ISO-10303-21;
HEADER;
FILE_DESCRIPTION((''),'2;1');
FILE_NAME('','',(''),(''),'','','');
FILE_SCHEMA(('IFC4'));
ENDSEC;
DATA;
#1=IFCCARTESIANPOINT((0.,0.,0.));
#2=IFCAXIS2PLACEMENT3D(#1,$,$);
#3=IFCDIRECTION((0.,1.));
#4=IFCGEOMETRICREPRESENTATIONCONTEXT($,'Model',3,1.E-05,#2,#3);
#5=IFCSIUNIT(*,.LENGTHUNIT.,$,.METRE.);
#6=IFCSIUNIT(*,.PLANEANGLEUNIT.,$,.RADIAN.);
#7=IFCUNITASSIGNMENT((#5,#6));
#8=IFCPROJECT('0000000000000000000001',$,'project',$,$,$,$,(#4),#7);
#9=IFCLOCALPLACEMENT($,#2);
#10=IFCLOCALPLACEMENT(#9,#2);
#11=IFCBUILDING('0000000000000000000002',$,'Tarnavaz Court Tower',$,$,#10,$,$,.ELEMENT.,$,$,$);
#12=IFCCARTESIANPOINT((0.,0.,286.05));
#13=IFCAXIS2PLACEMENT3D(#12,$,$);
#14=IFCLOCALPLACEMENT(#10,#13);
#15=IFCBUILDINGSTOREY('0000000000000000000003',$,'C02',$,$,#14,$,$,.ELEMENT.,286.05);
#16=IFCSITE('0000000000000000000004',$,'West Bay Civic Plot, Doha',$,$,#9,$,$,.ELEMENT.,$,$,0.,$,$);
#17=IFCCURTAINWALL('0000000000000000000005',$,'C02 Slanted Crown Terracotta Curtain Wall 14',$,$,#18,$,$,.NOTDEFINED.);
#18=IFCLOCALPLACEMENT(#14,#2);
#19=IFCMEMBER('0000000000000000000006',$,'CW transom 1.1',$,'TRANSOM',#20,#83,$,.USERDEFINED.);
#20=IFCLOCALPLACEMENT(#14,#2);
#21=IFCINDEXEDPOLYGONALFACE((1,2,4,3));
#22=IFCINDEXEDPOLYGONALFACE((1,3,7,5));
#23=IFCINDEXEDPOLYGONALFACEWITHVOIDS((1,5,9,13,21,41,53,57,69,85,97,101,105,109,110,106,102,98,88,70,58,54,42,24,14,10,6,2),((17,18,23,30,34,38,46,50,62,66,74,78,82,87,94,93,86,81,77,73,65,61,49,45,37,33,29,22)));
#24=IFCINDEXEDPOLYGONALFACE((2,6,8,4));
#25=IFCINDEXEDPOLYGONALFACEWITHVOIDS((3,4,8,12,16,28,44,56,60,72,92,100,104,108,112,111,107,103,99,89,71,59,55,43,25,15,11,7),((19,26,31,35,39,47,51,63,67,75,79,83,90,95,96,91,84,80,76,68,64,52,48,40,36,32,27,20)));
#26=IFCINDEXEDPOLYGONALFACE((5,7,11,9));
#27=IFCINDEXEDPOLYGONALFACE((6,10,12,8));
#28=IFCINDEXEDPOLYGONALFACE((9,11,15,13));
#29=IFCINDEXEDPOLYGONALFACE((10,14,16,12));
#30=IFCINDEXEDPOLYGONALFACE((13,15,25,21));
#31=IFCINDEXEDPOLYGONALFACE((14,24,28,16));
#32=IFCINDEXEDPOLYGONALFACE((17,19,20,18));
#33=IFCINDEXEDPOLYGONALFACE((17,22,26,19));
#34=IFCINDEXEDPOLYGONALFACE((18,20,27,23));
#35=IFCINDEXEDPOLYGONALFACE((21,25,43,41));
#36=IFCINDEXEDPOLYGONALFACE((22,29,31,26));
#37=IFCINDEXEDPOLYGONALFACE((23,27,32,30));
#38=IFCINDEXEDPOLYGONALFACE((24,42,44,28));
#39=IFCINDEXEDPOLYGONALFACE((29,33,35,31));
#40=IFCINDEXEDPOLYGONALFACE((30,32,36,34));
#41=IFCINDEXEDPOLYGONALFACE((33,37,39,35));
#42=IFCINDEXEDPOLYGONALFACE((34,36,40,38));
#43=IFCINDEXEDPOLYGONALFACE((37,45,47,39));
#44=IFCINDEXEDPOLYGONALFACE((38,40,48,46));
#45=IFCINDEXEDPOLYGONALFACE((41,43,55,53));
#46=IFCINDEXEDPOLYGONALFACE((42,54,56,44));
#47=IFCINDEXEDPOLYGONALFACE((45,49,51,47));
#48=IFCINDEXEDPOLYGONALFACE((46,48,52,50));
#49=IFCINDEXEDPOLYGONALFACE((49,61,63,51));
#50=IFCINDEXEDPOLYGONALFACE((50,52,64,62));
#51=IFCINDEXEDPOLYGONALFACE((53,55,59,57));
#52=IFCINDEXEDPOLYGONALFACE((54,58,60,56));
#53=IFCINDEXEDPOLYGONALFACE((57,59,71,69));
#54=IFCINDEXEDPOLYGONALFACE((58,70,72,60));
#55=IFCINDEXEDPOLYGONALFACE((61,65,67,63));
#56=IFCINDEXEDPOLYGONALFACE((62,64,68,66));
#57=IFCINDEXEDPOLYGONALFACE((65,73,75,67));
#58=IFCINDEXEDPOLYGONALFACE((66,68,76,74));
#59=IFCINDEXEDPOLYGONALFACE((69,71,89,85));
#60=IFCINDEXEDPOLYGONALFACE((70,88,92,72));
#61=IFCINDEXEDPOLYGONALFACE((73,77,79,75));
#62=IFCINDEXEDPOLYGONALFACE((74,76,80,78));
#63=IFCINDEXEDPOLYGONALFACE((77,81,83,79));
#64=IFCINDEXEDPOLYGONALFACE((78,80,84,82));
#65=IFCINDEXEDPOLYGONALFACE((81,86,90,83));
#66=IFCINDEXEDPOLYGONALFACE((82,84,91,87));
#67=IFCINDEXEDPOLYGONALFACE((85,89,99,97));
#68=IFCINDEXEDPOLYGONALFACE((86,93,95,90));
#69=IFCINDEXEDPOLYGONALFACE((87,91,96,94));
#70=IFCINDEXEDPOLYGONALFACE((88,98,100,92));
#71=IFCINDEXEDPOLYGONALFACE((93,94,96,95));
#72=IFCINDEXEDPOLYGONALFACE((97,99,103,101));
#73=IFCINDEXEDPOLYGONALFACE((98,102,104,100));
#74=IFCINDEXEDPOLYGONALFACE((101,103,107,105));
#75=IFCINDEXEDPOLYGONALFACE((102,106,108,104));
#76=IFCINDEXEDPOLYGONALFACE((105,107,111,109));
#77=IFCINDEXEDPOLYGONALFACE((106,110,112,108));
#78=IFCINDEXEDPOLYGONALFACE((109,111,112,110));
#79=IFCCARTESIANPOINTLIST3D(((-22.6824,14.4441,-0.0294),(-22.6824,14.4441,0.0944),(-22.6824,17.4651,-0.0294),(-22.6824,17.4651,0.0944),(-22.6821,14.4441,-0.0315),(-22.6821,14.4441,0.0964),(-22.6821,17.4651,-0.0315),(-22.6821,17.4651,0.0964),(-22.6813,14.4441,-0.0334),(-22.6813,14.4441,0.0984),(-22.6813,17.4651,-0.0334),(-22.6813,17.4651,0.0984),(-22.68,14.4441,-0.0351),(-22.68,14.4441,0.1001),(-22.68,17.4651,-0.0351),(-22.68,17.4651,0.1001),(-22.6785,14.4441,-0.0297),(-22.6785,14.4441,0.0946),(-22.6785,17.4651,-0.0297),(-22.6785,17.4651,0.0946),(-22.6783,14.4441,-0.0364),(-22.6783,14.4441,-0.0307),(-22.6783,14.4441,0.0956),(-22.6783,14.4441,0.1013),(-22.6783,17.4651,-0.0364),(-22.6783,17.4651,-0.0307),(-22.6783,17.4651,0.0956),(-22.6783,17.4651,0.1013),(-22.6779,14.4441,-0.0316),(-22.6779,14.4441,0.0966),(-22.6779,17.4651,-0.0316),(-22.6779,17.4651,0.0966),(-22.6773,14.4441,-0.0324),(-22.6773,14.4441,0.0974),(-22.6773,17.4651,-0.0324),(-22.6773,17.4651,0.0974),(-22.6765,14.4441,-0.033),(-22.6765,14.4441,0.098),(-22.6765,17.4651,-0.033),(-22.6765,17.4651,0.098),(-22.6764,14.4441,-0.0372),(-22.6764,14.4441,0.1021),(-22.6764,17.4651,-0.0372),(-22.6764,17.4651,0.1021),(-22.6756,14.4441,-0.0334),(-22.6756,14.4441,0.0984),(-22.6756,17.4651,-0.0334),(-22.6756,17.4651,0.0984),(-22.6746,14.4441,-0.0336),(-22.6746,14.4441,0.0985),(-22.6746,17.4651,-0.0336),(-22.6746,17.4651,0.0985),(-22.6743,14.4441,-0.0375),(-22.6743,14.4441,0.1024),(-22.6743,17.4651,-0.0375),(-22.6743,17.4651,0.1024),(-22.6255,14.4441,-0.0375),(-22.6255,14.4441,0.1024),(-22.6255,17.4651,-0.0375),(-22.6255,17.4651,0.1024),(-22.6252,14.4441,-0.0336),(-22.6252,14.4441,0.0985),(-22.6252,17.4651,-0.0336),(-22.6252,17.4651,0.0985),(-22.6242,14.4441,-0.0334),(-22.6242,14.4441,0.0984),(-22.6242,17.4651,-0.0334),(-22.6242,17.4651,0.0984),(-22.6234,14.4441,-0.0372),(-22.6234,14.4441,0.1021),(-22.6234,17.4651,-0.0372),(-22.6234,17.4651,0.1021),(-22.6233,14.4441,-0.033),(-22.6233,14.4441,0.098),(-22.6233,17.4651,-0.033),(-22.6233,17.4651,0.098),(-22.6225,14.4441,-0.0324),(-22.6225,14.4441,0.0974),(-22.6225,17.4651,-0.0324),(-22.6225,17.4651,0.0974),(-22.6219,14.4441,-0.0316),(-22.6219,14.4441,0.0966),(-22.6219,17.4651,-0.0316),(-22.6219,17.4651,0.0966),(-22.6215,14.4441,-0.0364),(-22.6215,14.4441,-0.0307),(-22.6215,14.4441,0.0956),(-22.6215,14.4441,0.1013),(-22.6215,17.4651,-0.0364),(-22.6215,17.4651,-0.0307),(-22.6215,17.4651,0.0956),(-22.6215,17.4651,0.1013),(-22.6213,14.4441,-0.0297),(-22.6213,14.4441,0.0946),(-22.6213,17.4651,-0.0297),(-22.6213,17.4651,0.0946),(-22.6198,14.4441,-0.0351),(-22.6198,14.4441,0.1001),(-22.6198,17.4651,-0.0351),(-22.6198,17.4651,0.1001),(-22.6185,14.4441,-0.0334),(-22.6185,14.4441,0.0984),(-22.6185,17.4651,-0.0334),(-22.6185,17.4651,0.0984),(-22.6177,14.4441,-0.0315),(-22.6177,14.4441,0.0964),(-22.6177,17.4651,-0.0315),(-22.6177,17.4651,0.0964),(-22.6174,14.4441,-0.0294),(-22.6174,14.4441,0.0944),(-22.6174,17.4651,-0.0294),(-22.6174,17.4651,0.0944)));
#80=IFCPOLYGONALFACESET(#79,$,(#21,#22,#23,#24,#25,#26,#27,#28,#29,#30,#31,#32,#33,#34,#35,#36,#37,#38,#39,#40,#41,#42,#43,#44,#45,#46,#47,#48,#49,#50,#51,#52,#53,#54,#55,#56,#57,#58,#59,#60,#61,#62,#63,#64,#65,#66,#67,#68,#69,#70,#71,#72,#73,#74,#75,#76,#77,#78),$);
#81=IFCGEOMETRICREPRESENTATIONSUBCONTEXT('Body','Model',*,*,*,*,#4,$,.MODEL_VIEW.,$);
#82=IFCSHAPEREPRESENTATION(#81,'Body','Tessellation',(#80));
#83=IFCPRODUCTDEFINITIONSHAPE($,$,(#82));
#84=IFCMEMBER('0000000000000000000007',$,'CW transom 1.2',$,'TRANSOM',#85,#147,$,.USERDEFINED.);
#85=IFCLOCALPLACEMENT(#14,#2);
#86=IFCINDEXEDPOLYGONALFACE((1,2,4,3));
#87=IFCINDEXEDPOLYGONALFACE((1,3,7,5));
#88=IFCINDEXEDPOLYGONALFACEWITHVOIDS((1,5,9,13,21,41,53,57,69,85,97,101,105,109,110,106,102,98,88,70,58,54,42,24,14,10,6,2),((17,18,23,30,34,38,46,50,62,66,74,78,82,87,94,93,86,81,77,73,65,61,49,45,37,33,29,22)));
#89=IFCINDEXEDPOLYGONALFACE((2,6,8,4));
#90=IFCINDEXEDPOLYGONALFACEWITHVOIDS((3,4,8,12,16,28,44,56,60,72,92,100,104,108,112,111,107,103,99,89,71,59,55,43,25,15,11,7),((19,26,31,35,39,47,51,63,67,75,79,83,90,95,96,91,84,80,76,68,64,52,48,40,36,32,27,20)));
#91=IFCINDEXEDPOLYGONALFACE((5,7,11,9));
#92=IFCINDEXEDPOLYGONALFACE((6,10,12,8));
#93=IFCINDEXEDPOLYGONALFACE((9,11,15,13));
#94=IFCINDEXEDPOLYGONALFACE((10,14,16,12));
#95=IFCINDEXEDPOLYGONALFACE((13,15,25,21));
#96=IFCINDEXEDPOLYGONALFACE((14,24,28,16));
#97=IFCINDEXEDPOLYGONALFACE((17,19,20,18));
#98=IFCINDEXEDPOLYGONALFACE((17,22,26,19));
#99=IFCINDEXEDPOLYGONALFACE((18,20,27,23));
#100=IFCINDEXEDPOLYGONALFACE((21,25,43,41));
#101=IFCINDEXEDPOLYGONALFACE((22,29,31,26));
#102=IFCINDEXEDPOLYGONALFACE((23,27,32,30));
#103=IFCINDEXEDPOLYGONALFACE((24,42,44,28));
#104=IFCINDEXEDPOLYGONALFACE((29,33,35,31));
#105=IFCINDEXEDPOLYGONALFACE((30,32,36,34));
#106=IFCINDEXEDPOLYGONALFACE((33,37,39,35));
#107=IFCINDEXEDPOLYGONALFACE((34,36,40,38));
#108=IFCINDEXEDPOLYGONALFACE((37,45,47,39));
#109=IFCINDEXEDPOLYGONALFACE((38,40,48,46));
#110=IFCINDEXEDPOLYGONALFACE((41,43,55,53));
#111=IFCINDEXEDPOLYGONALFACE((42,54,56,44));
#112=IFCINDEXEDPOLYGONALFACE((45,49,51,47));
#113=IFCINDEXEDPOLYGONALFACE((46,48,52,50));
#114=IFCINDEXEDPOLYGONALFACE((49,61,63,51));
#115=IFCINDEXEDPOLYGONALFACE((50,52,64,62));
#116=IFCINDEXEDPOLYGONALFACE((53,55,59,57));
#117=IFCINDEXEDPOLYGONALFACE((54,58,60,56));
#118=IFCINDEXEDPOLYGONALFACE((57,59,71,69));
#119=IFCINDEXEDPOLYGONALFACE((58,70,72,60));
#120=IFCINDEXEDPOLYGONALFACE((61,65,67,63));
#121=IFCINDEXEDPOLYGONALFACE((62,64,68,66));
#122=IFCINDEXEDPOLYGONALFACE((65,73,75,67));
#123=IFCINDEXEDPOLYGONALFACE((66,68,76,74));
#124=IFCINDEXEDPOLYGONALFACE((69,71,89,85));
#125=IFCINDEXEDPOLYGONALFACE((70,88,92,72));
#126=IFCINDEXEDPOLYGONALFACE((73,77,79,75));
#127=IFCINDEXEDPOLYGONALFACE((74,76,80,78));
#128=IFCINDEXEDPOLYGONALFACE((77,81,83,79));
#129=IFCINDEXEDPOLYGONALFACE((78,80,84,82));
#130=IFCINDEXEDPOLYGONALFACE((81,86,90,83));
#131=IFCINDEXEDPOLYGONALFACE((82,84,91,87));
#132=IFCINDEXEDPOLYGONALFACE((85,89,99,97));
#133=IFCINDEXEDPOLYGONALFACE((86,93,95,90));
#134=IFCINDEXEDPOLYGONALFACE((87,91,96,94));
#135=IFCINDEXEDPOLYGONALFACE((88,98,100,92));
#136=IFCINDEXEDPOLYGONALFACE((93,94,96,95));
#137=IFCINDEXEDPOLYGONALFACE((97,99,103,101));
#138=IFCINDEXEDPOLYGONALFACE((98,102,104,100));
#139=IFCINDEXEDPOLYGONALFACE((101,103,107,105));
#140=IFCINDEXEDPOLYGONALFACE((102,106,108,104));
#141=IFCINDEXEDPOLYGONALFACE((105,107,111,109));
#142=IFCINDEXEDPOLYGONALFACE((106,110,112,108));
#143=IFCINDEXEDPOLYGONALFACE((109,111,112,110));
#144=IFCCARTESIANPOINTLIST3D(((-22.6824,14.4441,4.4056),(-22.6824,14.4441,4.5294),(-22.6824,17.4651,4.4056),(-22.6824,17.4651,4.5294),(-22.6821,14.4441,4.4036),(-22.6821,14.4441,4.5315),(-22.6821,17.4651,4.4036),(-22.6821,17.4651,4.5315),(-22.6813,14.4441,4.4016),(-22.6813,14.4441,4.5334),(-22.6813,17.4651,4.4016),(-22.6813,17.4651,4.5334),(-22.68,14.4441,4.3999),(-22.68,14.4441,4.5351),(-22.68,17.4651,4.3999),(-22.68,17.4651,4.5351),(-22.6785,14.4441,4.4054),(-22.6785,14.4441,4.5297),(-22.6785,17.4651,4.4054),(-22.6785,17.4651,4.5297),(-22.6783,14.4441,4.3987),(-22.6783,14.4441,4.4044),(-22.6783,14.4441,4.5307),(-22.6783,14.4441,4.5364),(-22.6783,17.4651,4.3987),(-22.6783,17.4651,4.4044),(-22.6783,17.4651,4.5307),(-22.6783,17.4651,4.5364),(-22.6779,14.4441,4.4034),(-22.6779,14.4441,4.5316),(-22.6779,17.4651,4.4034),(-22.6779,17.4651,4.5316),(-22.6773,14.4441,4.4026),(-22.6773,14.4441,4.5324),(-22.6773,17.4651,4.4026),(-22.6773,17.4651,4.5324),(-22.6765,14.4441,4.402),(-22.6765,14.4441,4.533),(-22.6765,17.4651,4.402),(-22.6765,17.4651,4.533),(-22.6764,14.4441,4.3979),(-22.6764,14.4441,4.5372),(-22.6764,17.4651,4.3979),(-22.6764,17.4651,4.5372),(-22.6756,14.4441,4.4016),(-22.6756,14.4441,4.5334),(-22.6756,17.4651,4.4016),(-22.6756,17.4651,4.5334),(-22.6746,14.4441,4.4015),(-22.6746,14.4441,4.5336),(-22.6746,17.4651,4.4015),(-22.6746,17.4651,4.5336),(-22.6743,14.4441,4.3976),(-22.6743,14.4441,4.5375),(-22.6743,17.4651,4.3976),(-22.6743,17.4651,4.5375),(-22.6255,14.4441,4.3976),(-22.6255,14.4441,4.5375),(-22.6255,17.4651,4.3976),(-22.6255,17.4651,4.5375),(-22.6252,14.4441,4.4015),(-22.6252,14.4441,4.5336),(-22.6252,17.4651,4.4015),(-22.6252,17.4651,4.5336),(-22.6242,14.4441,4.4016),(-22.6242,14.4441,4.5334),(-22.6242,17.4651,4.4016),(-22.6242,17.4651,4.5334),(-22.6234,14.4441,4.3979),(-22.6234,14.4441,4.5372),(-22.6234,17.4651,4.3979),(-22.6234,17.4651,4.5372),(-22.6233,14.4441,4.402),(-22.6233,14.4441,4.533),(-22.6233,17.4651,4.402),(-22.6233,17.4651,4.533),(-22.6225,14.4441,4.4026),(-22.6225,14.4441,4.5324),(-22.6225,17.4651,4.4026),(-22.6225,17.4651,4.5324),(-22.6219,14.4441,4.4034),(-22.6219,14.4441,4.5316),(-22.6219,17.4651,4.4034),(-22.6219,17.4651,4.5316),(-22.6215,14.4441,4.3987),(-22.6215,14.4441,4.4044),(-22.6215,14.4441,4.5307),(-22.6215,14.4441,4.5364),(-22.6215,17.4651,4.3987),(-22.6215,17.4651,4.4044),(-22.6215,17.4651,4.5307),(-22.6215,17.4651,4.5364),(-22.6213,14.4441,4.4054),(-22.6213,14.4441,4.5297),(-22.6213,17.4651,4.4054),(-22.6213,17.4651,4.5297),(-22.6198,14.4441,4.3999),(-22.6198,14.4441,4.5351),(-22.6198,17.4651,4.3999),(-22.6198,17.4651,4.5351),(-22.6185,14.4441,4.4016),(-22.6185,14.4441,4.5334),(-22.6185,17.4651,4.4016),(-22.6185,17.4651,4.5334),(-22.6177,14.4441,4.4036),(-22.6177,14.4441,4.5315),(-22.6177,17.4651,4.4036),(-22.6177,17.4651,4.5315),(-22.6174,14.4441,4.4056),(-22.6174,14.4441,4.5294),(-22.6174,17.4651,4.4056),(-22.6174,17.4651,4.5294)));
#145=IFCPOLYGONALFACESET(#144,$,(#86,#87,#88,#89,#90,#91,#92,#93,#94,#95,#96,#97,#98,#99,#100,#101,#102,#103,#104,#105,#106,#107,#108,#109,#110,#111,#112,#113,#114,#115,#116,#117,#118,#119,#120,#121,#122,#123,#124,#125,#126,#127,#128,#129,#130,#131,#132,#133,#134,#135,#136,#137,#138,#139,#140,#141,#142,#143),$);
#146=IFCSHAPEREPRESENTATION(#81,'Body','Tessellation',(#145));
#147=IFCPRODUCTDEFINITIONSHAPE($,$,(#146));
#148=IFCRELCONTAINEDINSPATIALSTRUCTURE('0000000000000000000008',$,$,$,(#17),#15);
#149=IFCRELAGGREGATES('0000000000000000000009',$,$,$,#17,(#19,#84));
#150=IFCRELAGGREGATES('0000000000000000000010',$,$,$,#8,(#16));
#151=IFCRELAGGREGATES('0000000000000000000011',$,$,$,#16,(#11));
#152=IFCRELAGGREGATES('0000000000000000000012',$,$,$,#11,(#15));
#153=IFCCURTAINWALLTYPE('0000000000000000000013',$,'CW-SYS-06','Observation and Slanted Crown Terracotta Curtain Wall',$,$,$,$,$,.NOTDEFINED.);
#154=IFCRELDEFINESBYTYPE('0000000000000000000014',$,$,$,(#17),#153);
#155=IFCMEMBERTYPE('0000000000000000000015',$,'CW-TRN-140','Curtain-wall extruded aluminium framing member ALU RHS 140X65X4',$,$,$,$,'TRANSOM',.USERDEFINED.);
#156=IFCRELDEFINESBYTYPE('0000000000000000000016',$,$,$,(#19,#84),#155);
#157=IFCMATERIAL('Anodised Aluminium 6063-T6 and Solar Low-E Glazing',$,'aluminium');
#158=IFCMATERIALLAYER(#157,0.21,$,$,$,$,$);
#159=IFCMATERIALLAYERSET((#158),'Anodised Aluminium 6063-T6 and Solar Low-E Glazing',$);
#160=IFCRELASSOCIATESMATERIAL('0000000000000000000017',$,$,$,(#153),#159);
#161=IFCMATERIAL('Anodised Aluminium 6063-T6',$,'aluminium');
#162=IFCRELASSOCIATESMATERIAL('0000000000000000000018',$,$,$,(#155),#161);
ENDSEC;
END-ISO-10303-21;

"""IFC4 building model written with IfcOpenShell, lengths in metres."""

from ifc_helpers import new_model, si_unit, direction, frame, origin, origin_2d, place, context, subcontext, project, spatial, hollow_rectangle, extrude, material, layer, layer_set, material_profile, profile_set, type_object, element, aggregate, save


model = new_model("IFC4")

# Units and contexts
model_context = context("Model", 3, precision=1e-05, world=origin(), true_north=direction((0.0, 1.0)))
body_context = subcontext(model_context, "Body", "Model", "MODEL_VIEW")
ifc_project = project(units=[si_unit("LENGTHUNIT", "METRE"), si_unit("PLANEANGLEUNIT", "RADIAN")], contexts=[model_context])

# Site, building, storey
site_placement = place(None, origin())
site = spatial("IfcSite", under=ifc_project, at=site_placement, Name="West Bay Civic Plot, Doha", CompositionType="ELEMENT", RefElevation=0.0)
building_placement = place(site_placement, origin())
building = spatial("IfcBuilding", under=site, at=building_placement, Name="Tarnavaz Court Tower", CompositionType="ELEMENT")
storey_placement = place(building_placement, frame((0.0, 0.0, 286.05)))
storey = spatial("IfcBuildingStorey", under=building, at=storey_placement, Name="C02", CompositionType="ELEMENT", Elevation=286.05)

# Curtain wall
ifc_material_1 = material(Name="Anodised Aluminium 6063-T6 and Solar Low-E Glazing", Category="aluminium")
ifc_layer_1 = layer(ifc_material_1, 0.21)
ifc_layer_set_1 = layer_set([ifc_layer_1], Name="Anodised Aluminium 6063-T6 and Solar Low-E Glazing")
curtain_wall_type = type_object("IfcCurtainWallType", Name="CW-SYS-06", Description="Observation and Slanted Crown Terracotta Curtain Wall", PredefinedType="NOTDEFINED", material=ifc_layer_set_1)
curtain_wall_1_placement = place(storey_placement, origin())
curtain_wall_1 = element("IfcCurtainWall", 1, at=curtain_wall_1_placement, inside=storey, type_object=curtain_wall_type, Name="C02 Slanted Crown Terracotta Curtain Wall 14", PredefinedType="NOTDEFINED")
ifc_material_2 = material(Name="Anodised Aluminium 6063-T6", Category="aluminium")

# Members
ifc_material_profile_1 = material_profile(ifc_material_2, hollow_rectangle(XDim=0.0649, YDim=0.1399, WallThickness=0.0039, InnerFilletRadius=0.0039, OuterFilletRadius=0.0081, at=origin_2d()), Name="ALU RHS 140X65X4")
ifc_profile_set_1 = profile_set([ifc_material_profile_1], Name="Anodised Aluminium 6063-T6")
member_type_1 = type_object("IfcMemberType", Name="CW-TRN-140", Description="Curtain-wall extruded aluminium framing member ALU RHS 140X65X4", ElementType="TRANSOM", PredefinedType="USERDEFINED", material=ifc_profile_set_1)
member_1_placement = place(storey_placement, frame((-22.6499, 14.4441, 0.0325), z_axis=(0.0, 1.0, 0.0), x_axis=(-1.0, 0.0, 0.0)))
member_1 = element("IfcMember", 2, at=member_1_placement, type_object=member_type_1, Name="CW transom 1.1", ObjectType="TRANSOM", PredefinedType="USERDEFINED", context=body_context, shape_type="SweptSolid", body=[
    extrude(hollow_rectangle(XDim=0.0649, YDim=0.1399, WallThickness=0.0039, InnerFilletRadius=0.0039, OuterFilletRadius=0.0081, at=origin_2d()), origin(), (0.0, 0.0, 1.0), 3.021),
])
member_2_placement = place(storey_placement, frame((-22.6499, 14.4441, 4.4675), z_axis=(0.0, 1.0, 0.0), x_axis=(-1.0, 0.0, 0.0)))
member_2 = element("IfcMember", 3, at=member_2_placement, type_object=member_type_1, Name="CW transom 1.2", ObjectType="TRANSOM", PredefinedType="USERDEFINED", context=body_context, shape_type="SweptSolid", body=[
    extrude(hollow_rectangle(XDim=0.0649, YDim=0.1399, WallThickness=0.0039, InnerFilletRadius=0.0039, OuterFilletRadius=0.0081, at=origin_2d()), origin(), (0.0, 0.0, 1.0), 3.021),
])

aggregate(curtain_wall_1, [member_1, member_2])

save(model, "model.ifc")
